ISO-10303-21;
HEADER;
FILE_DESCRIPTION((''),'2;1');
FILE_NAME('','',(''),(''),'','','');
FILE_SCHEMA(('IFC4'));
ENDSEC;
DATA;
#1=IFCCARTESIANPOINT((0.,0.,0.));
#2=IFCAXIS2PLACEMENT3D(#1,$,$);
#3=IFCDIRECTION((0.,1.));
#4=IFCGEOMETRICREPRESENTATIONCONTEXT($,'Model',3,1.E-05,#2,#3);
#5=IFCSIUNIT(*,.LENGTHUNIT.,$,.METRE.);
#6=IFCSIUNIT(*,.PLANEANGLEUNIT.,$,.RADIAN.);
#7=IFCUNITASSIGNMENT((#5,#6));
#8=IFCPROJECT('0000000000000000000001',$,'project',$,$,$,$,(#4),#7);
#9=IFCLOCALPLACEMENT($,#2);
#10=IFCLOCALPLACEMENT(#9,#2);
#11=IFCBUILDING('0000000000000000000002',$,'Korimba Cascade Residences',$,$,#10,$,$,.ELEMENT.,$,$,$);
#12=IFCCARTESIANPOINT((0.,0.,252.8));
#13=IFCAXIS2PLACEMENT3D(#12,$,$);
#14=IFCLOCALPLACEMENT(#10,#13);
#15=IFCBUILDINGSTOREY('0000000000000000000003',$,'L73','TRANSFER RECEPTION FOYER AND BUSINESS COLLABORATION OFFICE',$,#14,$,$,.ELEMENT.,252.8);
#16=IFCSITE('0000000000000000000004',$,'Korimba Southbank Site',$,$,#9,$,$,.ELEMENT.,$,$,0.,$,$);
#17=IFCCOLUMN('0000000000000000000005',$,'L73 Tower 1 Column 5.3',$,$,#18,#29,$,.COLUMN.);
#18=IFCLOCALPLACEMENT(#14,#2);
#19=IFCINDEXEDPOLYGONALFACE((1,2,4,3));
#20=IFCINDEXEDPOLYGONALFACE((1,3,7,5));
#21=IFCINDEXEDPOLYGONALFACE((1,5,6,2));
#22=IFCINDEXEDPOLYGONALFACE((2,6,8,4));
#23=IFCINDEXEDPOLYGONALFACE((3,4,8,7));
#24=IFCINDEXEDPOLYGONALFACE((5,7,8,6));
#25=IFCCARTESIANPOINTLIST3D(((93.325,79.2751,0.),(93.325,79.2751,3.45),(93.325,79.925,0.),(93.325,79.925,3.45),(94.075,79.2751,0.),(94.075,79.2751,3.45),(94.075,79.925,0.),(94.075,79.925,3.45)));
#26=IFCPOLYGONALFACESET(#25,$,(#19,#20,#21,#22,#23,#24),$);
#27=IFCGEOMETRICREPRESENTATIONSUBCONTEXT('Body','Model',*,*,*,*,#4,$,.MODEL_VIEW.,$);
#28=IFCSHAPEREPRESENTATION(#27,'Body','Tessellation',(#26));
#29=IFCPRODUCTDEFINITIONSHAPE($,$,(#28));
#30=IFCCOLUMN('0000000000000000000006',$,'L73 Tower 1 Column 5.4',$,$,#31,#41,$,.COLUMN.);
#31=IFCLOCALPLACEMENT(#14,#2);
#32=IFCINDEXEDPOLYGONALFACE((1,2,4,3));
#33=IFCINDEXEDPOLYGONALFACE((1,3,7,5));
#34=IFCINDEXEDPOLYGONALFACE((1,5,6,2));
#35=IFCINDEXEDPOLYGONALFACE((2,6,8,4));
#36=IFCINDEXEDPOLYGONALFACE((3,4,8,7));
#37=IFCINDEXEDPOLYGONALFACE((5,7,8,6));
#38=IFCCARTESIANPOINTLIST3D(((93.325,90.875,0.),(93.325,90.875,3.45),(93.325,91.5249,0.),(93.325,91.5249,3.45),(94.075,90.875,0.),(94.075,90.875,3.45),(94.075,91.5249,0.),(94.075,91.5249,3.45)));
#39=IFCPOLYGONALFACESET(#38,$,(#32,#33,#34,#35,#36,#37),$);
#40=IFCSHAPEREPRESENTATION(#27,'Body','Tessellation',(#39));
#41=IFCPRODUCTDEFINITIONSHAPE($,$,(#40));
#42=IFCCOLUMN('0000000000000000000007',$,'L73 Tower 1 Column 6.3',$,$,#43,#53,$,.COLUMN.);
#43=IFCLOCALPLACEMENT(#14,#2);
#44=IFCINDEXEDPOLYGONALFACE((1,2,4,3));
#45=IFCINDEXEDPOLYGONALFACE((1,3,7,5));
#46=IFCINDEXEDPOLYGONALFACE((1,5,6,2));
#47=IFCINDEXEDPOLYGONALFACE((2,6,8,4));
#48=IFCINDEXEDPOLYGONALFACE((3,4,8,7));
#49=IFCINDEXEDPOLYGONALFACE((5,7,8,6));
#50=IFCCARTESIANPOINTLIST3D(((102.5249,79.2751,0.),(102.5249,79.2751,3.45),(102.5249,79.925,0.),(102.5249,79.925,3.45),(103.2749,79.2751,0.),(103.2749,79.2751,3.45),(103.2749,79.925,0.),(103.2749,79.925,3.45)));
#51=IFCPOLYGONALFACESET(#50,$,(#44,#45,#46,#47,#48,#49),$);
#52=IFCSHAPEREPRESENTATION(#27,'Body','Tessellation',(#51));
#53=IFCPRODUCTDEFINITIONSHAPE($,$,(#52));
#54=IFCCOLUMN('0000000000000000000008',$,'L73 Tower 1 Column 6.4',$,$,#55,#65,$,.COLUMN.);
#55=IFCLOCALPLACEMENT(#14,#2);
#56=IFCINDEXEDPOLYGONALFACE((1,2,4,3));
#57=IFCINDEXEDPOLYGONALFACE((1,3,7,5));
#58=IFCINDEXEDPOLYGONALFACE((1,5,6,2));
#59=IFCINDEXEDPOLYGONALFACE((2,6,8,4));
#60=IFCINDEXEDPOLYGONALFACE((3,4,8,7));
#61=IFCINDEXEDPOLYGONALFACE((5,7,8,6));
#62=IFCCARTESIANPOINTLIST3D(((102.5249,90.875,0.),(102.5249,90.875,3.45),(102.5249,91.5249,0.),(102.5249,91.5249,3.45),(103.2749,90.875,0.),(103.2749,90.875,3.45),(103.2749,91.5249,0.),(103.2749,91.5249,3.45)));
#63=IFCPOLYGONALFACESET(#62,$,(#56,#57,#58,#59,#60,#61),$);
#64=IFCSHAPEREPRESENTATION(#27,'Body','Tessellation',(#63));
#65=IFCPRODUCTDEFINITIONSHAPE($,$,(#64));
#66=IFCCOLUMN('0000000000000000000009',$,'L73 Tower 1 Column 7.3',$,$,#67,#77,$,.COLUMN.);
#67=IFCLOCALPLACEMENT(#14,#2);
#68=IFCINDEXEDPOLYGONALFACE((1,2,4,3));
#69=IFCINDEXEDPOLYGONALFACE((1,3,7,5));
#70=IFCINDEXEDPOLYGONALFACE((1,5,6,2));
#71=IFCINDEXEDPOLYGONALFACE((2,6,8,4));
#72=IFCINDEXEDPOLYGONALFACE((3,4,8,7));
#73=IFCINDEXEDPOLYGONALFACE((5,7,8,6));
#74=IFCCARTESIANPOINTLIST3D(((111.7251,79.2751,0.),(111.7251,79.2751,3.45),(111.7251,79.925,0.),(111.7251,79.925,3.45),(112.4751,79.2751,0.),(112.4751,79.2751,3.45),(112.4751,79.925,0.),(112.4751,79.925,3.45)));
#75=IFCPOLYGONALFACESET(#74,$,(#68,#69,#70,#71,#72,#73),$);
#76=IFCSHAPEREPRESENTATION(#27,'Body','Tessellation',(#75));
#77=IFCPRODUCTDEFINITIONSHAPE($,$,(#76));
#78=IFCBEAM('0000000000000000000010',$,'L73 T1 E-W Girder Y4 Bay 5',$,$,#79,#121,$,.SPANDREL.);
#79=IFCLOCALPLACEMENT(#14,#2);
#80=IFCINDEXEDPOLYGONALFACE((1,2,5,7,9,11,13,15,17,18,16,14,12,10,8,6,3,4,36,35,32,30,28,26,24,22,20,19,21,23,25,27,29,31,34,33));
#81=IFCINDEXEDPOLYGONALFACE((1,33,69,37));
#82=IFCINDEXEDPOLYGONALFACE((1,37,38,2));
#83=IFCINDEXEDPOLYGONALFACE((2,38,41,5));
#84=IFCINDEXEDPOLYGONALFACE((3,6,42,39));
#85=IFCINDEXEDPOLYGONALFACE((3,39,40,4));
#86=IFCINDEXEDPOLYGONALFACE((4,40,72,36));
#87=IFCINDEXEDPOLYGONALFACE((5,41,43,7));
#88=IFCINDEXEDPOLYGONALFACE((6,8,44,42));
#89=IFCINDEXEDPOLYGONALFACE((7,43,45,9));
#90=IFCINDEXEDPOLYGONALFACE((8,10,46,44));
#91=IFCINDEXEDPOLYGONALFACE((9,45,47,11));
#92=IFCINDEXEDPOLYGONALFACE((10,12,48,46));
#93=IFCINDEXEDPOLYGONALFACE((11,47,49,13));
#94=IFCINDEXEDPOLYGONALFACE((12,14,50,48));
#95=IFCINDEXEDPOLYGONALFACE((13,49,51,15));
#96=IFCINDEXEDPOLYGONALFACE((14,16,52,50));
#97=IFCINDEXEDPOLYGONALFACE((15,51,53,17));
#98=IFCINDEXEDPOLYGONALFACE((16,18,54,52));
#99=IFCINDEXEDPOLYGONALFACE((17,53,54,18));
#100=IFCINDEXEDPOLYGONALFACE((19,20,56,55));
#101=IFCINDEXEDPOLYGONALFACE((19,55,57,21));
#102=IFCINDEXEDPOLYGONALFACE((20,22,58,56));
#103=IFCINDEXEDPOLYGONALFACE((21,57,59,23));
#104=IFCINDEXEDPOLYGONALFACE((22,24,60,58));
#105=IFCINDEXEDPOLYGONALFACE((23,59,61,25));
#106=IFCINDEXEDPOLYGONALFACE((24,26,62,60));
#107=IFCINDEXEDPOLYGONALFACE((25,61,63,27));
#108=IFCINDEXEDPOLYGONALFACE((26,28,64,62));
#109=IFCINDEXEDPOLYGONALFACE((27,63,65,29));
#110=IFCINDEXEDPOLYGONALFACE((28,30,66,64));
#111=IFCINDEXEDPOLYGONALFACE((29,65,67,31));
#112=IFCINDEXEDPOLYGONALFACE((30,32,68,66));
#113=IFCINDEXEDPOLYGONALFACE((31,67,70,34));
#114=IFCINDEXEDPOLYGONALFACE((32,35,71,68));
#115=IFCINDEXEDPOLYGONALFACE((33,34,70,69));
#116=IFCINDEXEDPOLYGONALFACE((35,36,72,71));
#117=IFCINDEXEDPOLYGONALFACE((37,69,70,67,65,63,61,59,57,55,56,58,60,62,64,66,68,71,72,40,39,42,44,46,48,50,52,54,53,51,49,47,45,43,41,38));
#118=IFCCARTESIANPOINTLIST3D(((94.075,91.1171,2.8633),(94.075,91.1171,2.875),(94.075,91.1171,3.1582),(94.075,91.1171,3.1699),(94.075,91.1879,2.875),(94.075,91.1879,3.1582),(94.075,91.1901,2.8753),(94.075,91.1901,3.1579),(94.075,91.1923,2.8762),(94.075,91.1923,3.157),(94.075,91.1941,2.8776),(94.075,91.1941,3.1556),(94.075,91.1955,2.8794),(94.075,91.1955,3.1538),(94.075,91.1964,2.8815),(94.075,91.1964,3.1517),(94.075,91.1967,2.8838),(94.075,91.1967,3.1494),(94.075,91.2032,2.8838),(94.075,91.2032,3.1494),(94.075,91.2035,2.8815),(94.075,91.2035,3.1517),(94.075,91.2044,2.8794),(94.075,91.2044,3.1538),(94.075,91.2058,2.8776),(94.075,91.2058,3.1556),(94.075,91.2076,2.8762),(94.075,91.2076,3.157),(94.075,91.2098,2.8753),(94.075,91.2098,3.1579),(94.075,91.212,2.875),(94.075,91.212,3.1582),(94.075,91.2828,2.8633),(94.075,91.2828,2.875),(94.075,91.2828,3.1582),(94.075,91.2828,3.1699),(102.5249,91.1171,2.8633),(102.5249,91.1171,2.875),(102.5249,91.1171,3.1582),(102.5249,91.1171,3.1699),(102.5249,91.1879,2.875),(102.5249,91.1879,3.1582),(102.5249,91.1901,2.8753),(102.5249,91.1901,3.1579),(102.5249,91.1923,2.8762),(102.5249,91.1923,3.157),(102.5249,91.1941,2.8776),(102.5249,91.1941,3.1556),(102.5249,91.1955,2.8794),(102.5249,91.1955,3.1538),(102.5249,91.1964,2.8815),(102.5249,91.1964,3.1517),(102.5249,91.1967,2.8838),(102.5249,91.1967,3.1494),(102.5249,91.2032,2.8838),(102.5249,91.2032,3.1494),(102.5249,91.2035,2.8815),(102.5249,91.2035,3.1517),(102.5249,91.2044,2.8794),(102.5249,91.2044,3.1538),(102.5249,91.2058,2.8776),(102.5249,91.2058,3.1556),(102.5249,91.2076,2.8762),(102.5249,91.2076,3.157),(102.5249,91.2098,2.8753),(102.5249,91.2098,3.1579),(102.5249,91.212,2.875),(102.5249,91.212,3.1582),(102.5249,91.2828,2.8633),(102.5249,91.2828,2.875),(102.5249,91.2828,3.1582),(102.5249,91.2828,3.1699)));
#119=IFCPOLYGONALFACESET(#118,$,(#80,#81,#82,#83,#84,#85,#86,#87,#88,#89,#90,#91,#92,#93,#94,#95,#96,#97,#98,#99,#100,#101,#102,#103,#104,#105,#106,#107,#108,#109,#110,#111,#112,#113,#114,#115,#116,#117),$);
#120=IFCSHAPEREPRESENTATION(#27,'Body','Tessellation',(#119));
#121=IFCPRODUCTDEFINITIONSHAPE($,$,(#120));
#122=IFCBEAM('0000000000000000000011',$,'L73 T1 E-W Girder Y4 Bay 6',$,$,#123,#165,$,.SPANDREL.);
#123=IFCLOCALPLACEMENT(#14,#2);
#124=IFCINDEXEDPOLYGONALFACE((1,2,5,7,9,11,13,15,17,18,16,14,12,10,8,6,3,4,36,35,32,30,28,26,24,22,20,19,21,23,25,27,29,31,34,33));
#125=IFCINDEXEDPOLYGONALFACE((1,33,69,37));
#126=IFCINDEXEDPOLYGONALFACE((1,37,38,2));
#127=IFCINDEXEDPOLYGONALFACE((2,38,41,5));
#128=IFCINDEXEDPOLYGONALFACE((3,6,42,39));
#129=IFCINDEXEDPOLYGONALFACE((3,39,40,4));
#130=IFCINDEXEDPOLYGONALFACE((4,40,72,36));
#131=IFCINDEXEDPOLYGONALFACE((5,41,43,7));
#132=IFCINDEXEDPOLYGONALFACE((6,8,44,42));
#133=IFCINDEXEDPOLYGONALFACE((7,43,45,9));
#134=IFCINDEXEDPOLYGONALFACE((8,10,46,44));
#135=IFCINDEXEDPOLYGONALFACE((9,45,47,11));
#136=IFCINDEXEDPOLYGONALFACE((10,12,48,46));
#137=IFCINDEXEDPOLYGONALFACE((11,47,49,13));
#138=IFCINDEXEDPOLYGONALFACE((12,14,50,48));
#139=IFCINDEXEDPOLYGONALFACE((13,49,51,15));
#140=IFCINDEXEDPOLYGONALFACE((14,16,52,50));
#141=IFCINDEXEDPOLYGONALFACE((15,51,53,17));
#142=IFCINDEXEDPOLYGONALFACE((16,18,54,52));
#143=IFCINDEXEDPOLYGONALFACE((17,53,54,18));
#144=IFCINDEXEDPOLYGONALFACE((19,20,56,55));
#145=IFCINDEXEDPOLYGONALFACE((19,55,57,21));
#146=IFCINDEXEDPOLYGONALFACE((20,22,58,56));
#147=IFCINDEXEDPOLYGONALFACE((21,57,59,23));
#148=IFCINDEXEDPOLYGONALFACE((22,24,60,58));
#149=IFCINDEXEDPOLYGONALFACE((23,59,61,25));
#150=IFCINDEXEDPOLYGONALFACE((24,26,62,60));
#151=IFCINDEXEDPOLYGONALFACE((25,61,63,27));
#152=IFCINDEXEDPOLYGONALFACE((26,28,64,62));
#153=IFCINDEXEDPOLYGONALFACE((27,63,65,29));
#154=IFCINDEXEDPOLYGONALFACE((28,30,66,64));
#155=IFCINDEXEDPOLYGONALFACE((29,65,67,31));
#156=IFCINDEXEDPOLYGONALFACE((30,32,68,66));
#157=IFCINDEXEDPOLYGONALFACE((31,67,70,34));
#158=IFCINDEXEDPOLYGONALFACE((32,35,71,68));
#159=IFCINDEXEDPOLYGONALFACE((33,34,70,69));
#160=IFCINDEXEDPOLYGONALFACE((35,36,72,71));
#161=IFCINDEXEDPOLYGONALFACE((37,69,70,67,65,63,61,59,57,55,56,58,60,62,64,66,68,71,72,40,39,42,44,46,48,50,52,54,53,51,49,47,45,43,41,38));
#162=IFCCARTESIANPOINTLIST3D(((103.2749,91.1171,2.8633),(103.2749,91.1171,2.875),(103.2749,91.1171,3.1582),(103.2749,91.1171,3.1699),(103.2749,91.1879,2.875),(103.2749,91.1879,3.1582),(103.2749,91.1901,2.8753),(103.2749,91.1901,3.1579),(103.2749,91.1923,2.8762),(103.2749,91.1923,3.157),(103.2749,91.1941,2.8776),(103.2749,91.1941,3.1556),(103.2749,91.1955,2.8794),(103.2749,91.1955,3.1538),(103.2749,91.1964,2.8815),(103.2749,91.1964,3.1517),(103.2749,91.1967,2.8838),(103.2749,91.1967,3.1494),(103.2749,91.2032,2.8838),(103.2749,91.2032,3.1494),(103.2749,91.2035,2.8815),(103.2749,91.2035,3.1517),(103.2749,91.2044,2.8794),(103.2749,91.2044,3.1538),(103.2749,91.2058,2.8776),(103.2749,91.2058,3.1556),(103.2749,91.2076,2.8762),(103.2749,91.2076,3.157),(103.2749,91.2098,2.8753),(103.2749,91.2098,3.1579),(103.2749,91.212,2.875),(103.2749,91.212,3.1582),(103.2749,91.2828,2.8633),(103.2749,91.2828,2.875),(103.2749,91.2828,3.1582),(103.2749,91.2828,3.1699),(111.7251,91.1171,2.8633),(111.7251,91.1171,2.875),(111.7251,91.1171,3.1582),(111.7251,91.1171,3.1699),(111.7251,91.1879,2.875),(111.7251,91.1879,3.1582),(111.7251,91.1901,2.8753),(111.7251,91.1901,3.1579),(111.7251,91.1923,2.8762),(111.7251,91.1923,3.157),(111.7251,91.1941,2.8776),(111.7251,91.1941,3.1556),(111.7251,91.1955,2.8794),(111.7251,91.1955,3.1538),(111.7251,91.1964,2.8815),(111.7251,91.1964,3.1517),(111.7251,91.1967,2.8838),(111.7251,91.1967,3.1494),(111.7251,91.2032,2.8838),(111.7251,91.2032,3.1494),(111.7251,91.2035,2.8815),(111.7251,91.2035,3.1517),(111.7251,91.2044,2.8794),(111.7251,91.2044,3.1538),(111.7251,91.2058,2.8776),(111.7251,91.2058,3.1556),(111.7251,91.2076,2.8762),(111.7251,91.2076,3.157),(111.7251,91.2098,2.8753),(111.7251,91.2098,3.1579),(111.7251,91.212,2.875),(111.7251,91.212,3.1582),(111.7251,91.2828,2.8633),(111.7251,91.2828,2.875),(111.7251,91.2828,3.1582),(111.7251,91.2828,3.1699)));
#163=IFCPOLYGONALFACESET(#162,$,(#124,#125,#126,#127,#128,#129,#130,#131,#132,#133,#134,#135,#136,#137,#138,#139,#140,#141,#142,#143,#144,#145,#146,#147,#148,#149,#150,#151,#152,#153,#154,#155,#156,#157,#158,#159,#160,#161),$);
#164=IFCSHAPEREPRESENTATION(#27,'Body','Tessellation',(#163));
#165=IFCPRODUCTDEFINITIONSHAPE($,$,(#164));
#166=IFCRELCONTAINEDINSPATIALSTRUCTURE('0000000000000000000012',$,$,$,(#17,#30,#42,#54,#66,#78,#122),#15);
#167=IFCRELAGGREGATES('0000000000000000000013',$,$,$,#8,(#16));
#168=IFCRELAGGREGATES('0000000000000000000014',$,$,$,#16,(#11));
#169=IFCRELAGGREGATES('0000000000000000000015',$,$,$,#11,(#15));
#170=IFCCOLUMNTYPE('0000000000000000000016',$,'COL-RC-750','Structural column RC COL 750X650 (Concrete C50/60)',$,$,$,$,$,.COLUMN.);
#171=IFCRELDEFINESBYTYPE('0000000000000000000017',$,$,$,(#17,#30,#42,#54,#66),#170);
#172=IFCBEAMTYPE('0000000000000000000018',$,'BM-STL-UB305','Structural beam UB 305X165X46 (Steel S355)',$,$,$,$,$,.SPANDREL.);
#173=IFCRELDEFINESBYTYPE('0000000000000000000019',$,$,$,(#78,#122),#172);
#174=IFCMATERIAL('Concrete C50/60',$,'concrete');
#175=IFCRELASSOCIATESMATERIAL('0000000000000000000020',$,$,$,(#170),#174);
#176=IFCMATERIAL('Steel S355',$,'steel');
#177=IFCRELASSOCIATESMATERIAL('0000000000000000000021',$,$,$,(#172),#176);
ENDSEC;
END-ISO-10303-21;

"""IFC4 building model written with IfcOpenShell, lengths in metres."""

from ifc_helpers import new_model, si_unit, direction, frame, origin, origin_2d, place, context, subcontext, project, spatial, rectangle, i_section, extrude, material, material_profile, profile_set, type_object, element, save


model = new_model("IFC4")

# Units and contexts
model_context = context("Model", 3, precision=1e-05, world=origin(), true_north=direction((0.0, 1.0)))
body_context = subcontext(model_context, "Body", "Model", "MODEL_VIEW")
ifc_project = project(units=[si_unit("LENGTHUNIT", "METRE"), si_unit("PLANEANGLEUNIT", "RADIAN")], contexts=[model_context])

# Site, building, storey
site_placement = place(None, origin())
site = spatial("IfcSite", under=ifc_project, at=site_placement, Name="Korimba Southbank Site", CompositionType="ELEMENT", RefElevation=0.0)
building_placement = place(site_placement, origin())
building = spatial("IfcBuilding", under=site, at=building_placement, Name="Korimba Cascade Residences", CompositionType="ELEMENT")
storey_placement = place(building_placement, frame((0.0, 0.0, 252.8)))
storey = spatial("IfcBuildingStorey", under=building, at=storey_placement, Name="L73", Description="TRANSFER RECEPTION FOYER AND BUSINESS COLLABORATION OFFICE", CompositionType="ELEMENT", Elevation=252.8)

# Columns
ifc_material_1 = material(Name="Concrete C50/60", Category="concrete")
ifc_material_profile_1 = material_profile(ifc_material_1, rectangle(XDim=0.75, YDim=0.6499, at=origin_2d()), Name="Concrete C50/60")
ifc_profile_set_1 = profile_set([ifc_material_profile_1], Name="Concrete C50/60")
column_type = type_object("IfcColumnType", Name="COL-RC-750", Description="Structural column RC COL 750X650 (Concrete C50/60)", PredefinedType="COLUMN", material=ifc_profile_set_1)
for number, where, z_axis, x_axis, name in (
    (1, (93.7, 79.6001, 0.0), (0.0, 0.0, 1.0), (1.0, 0.0, 0.0), "L73 Tower 1 Column 5.3"),
    (2, (93.7, 91.2, 0.0), (0.0, 0.0, 1.0), (1.0, 0.0, 0.0), "L73 Tower 1 Column 5.4"),
    (3, (102.8999, 79.6001, 0.0), (0.0, 0.0, 1.0), (1.0, 0.0, 0.0), "L73 Tower 1 Column 6.3"),
    (4, (102.8999, 91.2, 0.0), (0.0, 0.0, 1.0), (1.0, 0.0, 0.0), "L73 Tower 1 Column 6.4"),
    (5, (112.1001, 79.6001, 0.0), (0.0, 0.0, 1.0), (1.0, 0.0, 0.0), "L73 Tower 1 Column 7.3"),
):
    element("IfcColumn", number, at=place(storey_placement, frame(where, z_axis=z_axis, x_axis=x_axis)), inside=storey, type_object=column_type, Name=name, PredefinedType="COLUMN", context=body_context, shape_type="SweptSolid", body=[
        extrude(rectangle(XDim=0.75, YDim=0.6499, at=origin_2d()), origin(), (0.0, 0.0, 1.0), 3.45),
    ])

# Beams
ifc_material_2 = material(Name="Steel S355", Category="steel")
ifc_material_profile_2 = material_profile(ifc_material_2, i_section(OverallWidth=0.1658, OverallDepth=0.3066, WebThickness=0.0066, FlangeThickness=0.0117, FilletRadius=0.0088, at=origin_2d()), Name="Steel S355")
ifc_profile_set_2 = profile_set([ifc_material_profile_2], Name="Steel S355")
beam_type_1 = type_object("IfcBeamType", Name="BM-STL-UB305", Description="Structural beam UB 305X165X46 (Steel S355)", PredefinedType="SPANDREL", material=ifc_profile_set_2)
beam_1_placement = place(storey_placement, frame((94.075, 91.2, 3.0166), z_axis=(1.0, 0.0, 0.0), x_axis=(0.0, 1.0, 0.0)))
element("IfcBeam", 6, at=beam_1_placement, inside=storey, type_object=beam_type_1, Name="L73 T1 E-W Girder Y4 Bay 5", PredefinedType="SPANDREL", context=body_context, shape_type="SweptSolid", body=[
    extrude(i_section(OverallWidth=0.1658, OverallDepth=0.3066, WebThickness=0.0066, FlangeThickness=0.0117, FilletRadius=0.0088, at=origin_2d()), origin(), (0.0, 0.0, 1.0), 8.45),
])
beam_2_placement = place(storey_placement, frame((103.2749, 91.2, 3.0166), z_axis=(1.0, 0.0, 0.0), x_axis=(0.0, 1.0, 0.0)))
element("IfcBeam", 7, at=beam_2_placement, inside=storey, type_object=beam_type_1, Name="L73 T1 E-W Girder Y4 Bay 6", PredefinedType="SPANDREL", context=body_context, shape_type="SweptSolid", body=[
    extrude(i_section(OverallWidth=0.1658, OverallDepth=0.3066, WebThickness=0.0066, FlangeThickness=0.0117, FilletRadius=0.0088, at=origin_2d()), origin(), (0.0, 0.0, 1.0), 8.4502),
])

save(model, "model.ifc")
